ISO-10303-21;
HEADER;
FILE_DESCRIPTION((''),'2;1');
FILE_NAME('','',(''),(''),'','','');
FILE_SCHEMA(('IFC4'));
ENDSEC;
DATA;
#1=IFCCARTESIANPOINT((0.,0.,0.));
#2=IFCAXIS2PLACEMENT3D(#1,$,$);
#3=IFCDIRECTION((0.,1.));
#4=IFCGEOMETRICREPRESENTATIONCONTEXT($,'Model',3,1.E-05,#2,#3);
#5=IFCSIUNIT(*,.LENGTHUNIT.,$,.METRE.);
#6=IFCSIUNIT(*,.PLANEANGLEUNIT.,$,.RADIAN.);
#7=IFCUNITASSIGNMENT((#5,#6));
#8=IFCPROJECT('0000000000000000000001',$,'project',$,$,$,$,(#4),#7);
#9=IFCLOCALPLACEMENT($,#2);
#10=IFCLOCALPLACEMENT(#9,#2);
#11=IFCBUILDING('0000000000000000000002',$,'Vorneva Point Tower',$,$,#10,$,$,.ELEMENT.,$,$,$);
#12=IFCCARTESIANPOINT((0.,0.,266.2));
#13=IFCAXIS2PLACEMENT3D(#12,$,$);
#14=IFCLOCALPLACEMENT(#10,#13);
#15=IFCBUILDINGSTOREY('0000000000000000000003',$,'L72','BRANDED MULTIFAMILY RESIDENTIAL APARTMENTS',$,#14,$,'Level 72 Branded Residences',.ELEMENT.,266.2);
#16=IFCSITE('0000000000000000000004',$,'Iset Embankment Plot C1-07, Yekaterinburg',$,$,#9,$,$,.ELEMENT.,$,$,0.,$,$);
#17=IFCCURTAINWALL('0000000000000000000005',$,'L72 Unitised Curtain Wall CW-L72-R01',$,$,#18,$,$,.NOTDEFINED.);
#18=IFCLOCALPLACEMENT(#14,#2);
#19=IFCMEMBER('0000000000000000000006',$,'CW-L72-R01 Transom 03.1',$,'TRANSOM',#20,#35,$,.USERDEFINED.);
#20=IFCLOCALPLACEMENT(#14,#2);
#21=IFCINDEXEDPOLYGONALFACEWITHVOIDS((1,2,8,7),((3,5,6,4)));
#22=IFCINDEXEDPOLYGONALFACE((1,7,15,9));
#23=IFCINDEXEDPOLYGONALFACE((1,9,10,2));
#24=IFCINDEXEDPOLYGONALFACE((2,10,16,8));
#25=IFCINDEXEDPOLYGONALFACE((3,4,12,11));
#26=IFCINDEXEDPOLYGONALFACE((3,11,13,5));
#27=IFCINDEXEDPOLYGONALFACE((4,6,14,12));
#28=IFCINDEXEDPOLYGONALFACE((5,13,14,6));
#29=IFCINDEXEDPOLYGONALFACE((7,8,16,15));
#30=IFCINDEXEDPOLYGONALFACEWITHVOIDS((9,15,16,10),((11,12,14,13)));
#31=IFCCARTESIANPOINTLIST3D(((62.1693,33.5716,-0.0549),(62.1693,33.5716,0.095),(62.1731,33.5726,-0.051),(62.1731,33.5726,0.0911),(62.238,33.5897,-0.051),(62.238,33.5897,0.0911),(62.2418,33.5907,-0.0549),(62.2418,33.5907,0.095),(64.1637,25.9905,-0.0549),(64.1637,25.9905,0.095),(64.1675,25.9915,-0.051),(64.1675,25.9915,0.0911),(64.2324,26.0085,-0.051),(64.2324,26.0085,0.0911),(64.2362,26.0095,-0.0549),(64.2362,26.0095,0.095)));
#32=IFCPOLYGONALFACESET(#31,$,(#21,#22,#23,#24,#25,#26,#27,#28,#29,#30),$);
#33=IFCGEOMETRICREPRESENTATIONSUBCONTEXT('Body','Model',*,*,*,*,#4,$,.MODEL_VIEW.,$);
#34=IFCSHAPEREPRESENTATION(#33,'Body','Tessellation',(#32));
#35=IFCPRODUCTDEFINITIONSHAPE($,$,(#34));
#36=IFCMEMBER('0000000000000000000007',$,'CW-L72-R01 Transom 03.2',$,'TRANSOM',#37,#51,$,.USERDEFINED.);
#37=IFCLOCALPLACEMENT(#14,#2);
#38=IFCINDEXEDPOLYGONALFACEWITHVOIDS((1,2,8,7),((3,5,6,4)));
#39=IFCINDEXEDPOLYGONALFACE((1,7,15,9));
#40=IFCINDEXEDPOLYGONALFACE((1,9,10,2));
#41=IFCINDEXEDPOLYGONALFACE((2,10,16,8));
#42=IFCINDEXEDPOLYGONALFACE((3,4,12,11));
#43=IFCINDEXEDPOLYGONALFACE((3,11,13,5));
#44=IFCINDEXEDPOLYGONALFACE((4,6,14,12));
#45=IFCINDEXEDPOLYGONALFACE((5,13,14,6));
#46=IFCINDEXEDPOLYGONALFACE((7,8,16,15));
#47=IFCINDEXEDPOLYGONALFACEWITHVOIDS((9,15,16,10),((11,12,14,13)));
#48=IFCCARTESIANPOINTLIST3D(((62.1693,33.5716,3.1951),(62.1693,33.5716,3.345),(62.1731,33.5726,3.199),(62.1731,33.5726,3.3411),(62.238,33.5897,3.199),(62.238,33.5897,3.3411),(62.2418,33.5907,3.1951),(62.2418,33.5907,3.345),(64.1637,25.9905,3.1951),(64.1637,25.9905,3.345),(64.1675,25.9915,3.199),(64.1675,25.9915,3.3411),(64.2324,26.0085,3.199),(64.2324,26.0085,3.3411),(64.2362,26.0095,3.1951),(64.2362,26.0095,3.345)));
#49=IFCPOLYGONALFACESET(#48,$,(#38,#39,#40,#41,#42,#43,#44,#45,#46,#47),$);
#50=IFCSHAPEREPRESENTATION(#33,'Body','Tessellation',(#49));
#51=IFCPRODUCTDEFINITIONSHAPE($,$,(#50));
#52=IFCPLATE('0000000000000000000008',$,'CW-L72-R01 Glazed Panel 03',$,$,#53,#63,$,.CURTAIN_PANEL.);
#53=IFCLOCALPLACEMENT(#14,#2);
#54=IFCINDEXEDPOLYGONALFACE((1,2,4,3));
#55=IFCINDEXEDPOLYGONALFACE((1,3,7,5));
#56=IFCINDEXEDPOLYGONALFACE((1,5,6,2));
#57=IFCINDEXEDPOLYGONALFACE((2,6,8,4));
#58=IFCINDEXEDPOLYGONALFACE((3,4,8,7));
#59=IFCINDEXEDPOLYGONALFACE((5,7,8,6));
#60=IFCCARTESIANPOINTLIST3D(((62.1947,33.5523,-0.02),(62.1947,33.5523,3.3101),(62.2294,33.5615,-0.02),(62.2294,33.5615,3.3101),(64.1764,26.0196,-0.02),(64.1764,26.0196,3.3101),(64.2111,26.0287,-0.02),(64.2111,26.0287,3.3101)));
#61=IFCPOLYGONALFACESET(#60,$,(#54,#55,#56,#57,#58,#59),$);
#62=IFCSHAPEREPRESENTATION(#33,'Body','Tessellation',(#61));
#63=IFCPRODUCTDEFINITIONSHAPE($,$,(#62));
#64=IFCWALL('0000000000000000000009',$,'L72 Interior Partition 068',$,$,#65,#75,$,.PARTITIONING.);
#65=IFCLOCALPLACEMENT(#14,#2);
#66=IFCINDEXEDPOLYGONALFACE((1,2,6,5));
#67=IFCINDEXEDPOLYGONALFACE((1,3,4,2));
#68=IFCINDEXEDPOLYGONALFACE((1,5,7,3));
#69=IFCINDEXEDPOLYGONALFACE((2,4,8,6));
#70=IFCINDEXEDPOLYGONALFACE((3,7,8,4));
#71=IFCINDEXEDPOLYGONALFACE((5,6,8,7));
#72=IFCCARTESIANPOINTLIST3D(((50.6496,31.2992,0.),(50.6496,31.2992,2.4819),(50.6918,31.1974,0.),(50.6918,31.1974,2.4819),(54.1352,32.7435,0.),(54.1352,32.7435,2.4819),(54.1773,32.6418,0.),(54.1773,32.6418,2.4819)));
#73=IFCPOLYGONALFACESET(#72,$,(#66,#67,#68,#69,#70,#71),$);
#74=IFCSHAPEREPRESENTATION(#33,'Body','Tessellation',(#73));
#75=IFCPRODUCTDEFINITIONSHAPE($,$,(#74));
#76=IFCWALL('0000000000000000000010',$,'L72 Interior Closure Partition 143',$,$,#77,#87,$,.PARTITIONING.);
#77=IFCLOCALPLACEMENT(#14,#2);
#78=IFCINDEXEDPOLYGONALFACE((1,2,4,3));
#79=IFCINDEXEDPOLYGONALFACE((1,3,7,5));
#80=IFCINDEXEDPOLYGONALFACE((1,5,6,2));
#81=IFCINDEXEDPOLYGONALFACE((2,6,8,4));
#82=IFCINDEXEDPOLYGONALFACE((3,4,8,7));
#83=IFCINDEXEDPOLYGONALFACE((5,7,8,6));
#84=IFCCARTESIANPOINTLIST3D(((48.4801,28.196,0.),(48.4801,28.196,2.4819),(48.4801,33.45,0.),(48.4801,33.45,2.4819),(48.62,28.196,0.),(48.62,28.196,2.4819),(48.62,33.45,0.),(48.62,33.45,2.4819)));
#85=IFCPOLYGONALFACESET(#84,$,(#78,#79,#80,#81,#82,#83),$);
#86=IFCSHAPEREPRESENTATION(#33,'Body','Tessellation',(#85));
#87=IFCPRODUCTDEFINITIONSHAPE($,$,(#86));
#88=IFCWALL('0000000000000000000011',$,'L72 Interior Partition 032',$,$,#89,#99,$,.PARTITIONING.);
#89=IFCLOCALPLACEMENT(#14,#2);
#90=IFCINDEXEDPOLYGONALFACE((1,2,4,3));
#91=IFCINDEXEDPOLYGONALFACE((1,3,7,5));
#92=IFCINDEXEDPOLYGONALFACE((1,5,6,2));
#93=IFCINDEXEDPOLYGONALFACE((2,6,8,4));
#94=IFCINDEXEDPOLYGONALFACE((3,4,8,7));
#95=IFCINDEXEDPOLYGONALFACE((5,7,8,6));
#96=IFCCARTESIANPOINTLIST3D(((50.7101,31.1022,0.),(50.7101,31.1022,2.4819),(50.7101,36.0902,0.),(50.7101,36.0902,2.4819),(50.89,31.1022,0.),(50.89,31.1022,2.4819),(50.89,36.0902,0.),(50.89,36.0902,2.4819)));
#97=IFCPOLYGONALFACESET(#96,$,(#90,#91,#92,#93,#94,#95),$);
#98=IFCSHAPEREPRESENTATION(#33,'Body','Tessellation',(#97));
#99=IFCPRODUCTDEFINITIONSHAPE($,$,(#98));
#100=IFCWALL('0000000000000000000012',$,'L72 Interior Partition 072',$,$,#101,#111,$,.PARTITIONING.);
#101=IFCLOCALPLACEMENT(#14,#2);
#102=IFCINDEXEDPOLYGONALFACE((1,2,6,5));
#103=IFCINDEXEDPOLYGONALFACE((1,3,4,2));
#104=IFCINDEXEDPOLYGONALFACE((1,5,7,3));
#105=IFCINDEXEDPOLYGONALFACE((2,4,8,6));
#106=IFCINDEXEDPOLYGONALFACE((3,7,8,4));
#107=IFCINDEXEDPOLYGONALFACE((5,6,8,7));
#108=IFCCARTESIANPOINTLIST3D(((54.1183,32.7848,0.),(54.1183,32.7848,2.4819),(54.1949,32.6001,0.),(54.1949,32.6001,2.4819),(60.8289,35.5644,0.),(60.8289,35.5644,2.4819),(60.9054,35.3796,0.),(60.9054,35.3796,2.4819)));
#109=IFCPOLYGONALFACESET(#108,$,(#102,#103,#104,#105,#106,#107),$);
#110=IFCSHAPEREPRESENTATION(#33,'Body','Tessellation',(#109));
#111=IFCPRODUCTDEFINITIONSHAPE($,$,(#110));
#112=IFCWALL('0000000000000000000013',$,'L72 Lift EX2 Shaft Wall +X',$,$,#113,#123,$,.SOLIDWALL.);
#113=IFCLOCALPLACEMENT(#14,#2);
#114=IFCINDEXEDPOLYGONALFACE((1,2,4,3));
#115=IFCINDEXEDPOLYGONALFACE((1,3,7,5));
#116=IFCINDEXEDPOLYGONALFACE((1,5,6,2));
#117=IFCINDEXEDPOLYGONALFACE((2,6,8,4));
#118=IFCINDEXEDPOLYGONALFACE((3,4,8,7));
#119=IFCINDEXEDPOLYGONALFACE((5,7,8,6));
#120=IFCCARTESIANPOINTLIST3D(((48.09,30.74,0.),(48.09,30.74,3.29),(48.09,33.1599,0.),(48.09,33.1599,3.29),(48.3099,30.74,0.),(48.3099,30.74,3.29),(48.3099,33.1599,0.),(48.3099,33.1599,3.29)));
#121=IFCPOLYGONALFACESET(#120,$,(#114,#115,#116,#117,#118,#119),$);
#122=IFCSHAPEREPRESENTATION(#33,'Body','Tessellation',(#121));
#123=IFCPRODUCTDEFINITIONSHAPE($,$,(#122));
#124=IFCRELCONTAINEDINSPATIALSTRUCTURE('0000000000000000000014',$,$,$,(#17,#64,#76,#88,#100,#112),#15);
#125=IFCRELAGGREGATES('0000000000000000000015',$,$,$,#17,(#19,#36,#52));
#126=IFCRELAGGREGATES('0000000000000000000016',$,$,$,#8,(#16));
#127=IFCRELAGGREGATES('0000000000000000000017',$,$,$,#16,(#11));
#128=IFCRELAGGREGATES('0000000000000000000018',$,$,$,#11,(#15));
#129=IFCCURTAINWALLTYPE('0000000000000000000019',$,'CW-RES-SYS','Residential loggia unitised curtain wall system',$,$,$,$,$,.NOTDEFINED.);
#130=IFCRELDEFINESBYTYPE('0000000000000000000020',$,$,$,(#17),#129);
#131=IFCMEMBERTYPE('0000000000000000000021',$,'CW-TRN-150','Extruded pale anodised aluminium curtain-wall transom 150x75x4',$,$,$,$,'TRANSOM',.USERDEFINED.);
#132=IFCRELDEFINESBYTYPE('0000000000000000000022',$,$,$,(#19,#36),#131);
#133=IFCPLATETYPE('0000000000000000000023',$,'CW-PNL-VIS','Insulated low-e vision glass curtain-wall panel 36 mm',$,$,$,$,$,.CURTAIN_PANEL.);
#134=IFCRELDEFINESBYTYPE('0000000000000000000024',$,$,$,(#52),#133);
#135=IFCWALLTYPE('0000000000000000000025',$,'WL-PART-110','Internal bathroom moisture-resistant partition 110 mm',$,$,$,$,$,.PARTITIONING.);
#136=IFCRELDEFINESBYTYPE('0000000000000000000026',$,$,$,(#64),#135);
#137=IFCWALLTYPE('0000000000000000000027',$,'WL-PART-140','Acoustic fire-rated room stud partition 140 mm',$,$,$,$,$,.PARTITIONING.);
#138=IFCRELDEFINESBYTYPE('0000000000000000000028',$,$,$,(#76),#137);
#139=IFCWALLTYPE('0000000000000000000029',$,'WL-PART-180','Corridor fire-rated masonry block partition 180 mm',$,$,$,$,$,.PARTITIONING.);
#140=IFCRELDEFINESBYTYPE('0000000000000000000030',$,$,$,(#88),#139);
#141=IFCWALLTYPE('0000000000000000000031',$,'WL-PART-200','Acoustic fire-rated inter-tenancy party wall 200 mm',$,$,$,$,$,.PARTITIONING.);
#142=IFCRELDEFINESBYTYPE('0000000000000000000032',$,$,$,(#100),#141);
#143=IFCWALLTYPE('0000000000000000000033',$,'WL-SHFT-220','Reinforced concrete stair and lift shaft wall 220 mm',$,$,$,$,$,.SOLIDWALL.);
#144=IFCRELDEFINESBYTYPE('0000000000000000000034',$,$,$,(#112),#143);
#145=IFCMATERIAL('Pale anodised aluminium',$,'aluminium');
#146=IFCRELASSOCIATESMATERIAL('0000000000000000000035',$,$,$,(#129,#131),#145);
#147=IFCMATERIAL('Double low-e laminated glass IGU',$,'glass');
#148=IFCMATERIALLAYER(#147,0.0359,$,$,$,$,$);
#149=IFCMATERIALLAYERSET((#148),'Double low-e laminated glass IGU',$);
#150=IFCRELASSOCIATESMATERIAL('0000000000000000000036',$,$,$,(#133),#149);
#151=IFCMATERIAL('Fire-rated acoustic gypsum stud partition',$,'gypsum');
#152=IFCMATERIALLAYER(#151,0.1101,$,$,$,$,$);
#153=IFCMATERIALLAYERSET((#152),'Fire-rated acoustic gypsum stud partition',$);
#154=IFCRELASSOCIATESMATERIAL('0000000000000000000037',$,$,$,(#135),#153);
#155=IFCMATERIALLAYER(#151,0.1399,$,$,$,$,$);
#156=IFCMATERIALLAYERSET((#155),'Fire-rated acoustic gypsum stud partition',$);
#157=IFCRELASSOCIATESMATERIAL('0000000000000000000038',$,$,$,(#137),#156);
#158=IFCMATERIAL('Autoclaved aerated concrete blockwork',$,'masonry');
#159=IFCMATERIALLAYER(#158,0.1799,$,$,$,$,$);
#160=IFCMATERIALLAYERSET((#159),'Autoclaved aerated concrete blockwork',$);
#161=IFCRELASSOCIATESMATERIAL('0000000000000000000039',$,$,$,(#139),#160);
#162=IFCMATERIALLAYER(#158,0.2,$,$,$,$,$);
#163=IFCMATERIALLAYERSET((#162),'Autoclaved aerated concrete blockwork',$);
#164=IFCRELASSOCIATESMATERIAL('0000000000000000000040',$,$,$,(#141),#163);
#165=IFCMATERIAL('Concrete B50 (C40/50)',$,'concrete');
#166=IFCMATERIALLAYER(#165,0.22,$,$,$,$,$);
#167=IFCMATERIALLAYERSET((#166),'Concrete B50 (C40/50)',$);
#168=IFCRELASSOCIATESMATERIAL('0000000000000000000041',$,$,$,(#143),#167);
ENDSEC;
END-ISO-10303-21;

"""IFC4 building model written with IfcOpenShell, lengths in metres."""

from ifc_helpers import new_model, si_unit, direction, frame, frame_2d, origin, origin_2d, place, context, subcontext, project, spatial, rectangle, hollow_rectangle, extrude, material, layer, layer_set, material_profile, profile_set, type_object, element, aggregate, save


model = new_model("IFC4")

# Units and contexts
model_context = context("Model", 3, precision=1e-05, world=origin(), true_north=direction((0.0, 1.0)))
body_context = subcontext(model_context, "Body", "Model", "MODEL_VIEW")
ifc_project = project(units=[si_unit("LENGTHUNIT", "METRE"), si_unit("PLANEANGLEUNIT", "RADIAN")], contexts=[model_context])

# Site, building, storey
site_placement = place(None, origin())
site = spatial("IfcSite", under=ifc_project, at=site_placement, Name="Iset Embankment Plot C1-07, Yekaterinburg", CompositionType="ELEMENT", RefElevation=0.0)
building_placement = place(site_placement, origin())
building = spatial("IfcBuilding", under=site, at=building_placement, Name="Vorneva Point Tower", CompositionType="ELEMENT")
storey_placement = place(building_placement, frame((0.0, 0.0, 266.2)))
storey = spatial("IfcBuildingStorey", under=building, at=storey_placement, Name="L72", Description="BRANDED MULTIFAMILY RESIDENTIAL APARTMENTS", LongName="Level 72 Branded Residences", CompositionType="ELEMENT", Elevation=266.2)

# Shared definitions
ifc_material_1 = material(Name="Concrete B50 (C40/50)", Category="concrete")

# Curtain wall, members, plate
ifc_material_2 = material(Name="Pale anodised aluminium", Category="aluminium")
curtain_wall_type = type_object("IfcCurtainWallType", Name="CW-RES-SYS", Description="Residential loggia unitised curtain wall system", PredefinedType="NOTDEFINED", material=ifc_material_2)
curtain_wall_placement = place(storey_placement, origin())
curtain_wall = element("IfcCurtainWall", 1, at=curtain_wall_placement, inside=storey, type_object=curtain_wall_type, Name="L72 Unitised Curtain Wall CW-L72-R01", PredefinedType="NOTDEFINED")
ifc_material_profile_1 = material_profile(ifc_material_2, hollow_rectangle(XDim=0.075, YDim=0.1499, WallThickness=0.0039, at=origin_2d()), Name="AL-TRN 150x75x4")
ifc_profile_set_1 = profile_set([ifc_material_profile_1], Name="Pale anodised aluminium")
member_type_1 = type_object("IfcMemberType", Name="CW-TRN-150", Description="Extruded pale anodised aluminium curtain-wall transom 150x75x4", ElementType="TRANSOM", PredefinedType="USERDEFINED", material=ifc_profile_set_1)
member_1_placement = place(storey_placement, frame((64.2, 26.0, 0.02), z_axis=(-0.254418, 0.967094, 0.0), x_axis=(-0.967094, -0.254418, 0.0)))
member_1 = element("IfcMember", 2, at=member_1_placement, type_object=member_type_1, Name="CW-L72-R01 Transom 03.1", ObjectType="TRANSOM", PredefinedType="USERDEFINED", context=body_context, shape_type="SweptSolid", body=[
    extrude(hollow_rectangle(XDim=0.075, YDim=0.1499, WallThickness=0.0039, at=origin_2d()), origin(), (0.0, 0.0, 1.0), 7.8391),
])
member_2_placement = place(storey_placement, frame((64.2, 26.0, 3.27), z_axis=(-0.254418, 0.967094, 0.0), x_axis=(-0.967094, -0.254418, 0.0)))
member_2 = element("IfcMember", 3, at=member_2_placement, type_object=member_type_1, Name="CW-L72-R01 Transom 03.2", ObjectType="TRANSOM", PredefinedType="USERDEFINED", context=body_context, shape_type="SweptSolid", body=[
    extrude(hollow_rectangle(XDim=0.075, YDim=0.1499, WallThickness=0.0039, at=origin_2d()), origin(), (0.0, 0.0, 1.0), 7.8391),
])
ifc_material_3 = material(Name="Double low-e laminated glass IGU", Category="glass")
ifc_layer_1 = layer(ifc_material_3, 0.0359)
ifc_layer_set_1 = layer_set([ifc_layer_1], Name="Double low-e laminated glass IGU")
plate_type = type_object("IfcPlateType", Name="CW-PNL-VIS", Description="Insulated low-e vision glass curtain-wall panel 36 mm", PredefinedType="CURTAIN_PANEL", material=ifc_layer_set_1)
plate_placement = place(storey_placement, frame((63.2029, 29.7905, -0.02), z_axis=(0.0, 0.0, 1.0), x_axis=(-0.254416, 0.967095, 0.0)))
plate = element("IfcPlate", 4, at=plate_placement, type_object=plate_type, Name="CW-L72-R01 Glazed Panel 03", PredefinedType="CURTAIN_PANEL", context=body_context, shape_type="SweptSolid", body=[
    extrude(rectangle(XDim=7.7891, YDim=0.0359, at=origin_2d()), origin(), (0.0, 0.0, 1.0), 3.3301),
])
aggregate(curtain_wall, [member_1, member_2, plate])

# Walls
ifc_material_4 = material(Name="Fire-rated acoustic gypsum stud partition", Category="gypsum")
ifc_layer_2 = layer(ifc_material_4, 0.1101)
ifc_layer_set_2 = layer_set([ifc_layer_2], Name="Fire-rated acoustic gypsum stud partition")
wall_type_1 = type_object("IfcWallType", Name="WL-PART-110", Description="Internal bathroom moisture-resistant partition 110 mm", PredefinedType="PARTITIONING", material=ifc_layer_set_2)
wall_1_placement = place(storey_placement, frame((54.1562, 32.6926, 0.0), z_axis=(0.0, 0.0, 1.0), x_axis=(-0.923828, -0.382809, 0.0)))
element("IfcWall", 5, at=wall_1_placement, inside=storey, type_object=wall_type_1, Name="L72 Interior Partition 068", PredefinedType="PARTITIONING", context=body_context, shape_type="SweptSolid", body=[
    extrude(rectangle(XDim=3.7729, YDim=0.1101, at=frame_2d((1.8865, 0.0))), origin(), (0.0, 0.0, 1.0), 2.4819),
])
ifc_layer_3 = layer(ifc_material_4, 0.1399)
ifc_layer_set_3 = layer_set([ifc_layer_3], Name="Fire-rated acoustic gypsum stud partition")
wall_type_2 = type_object("IfcWallType", Name="WL-PART-140", Description="Acoustic fire-rated room stud partition 140 mm", PredefinedType="PARTITIONING", material=ifc_layer_set_3)
wall_2_placement = place(storey_placement, frame((48.55, 28.196, 0.0), z_axis=(0.0, 0.0, 1.0), x_axis=(0.0, 1.0, 0.0)))
element("IfcWall", 6, at=wall_2_placement, inside=storey, type_object=wall_type_2, Name="L72 Interior Closure Partition 143", PredefinedType="PARTITIONING", context=body_context, shape_type="SweptSolid", body=[
    extrude(rectangle(XDim=5.2539, YDim=0.1399, at=frame_2d((2.627, 0.0))), origin(), (0.0, 0.0, 1.0), 2.4819),
])
ifc_material_5 = material(Name="Autoclaved aerated concrete blockwork", Category="masonry")
ifc_layer_4 = layer(ifc_material_5, 0.1799)
ifc_layer_set_4 = layer_set([ifc_layer_4], Name="Autoclaved aerated concrete blockwork")
wall_type_3 = type_object("IfcWallType", Name="WL-PART-180", Description="Corridor fire-rated masonry block partition 180 mm", PredefinedType="PARTITIONING", material=ifc_layer_set_4)
wall_3_placement = place(storey_placement, frame((50.8, 31.1021, 0.0), z_axis=(0.0, 0.0, 1.0), x_axis=(0.0, 1.0, 0.0)))
element("IfcWall", 7, at=wall_3_placement, inside=storey, type_object=wall_type_3, Name="L72 Interior Partition 032", PredefinedType="PARTITIONING", context=body_context, shape_type="SweptSolid", body=[
    extrude(rectangle(XDim=4.988, YDim=0.1799, at=frame_2d((2.4941, 0.0))), origin(), (0.0, 0.0, 1.0), 2.4819),
])
ifc_layer_5 = layer(ifc_material_5, 0.2)
ifc_layer_set_5 = layer_set([ifc_layer_5], Name="Autoclaved aerated concrete blockwork")
wall_type_4 = type_object("IfcWallType", Name="WL-PART-200", Description="Acoustic fire-rated inter-tenancy party wall 200 mm", PredefinedType="PARTITIONING", material=ifc_layer_set_5)
wall_4_placement = place(storey_placement, frame((54.1565, 32.6924, 0.0), z_axis=(0.0, 0.0, 1.0), x_axis=(0.92388, 0.382681, 0.0)))
element("IfcWall", 8, at=wall_4_placement, inside=storey, type_object=wall_type_4, Name="L72 Interior Partition 072", PredefinedType="PARTITIONING", context=body_context, shape_type="SweptSolid", body=[
    extrude(rectangle(XDim=7.2634, YDim=0.2, at=frame_2d((3.6318, 0.0))), origin(), (0.0, 0.0, 1.0), 2.4819),
])
ifc_layer_6 = layer(ifc_material_1, 0.22)
ifc_layer_set_6 = layer_set([ifc_layer_6], Name="Concrete B50 (C40/50)")
wall_type_5 = type_object("IfcWallType", Name="WL-SHFT-220", Description="Reinforced concrete stair and lift shaft wall 220 mm", PredefinedType="SOLIDWALL", material=ifc_layer_set_6)
wall_5_placement = place(storey_placement, frame((48.2, 30.74, 0.0), z_axis=(0.0, 0.0, 1.0), x_axis=(0.0, 1.0, 0.0)))
element("IfcWall", 9, at=wall_5_placement, inside=storey, type_object=wall_type_5, Name="L72 Lift EX2 Shaft Wall +X", PredefinedType="SOLIDWALL", context=body_context, shape_type="SweptSolid", body=[
    extrude(rectangle(XDim=2.4199, YDim=0.22, at=frame_2d((1.21, 0.0))), origin(), (0.0, 0.0, 1.0), 3.29),
])

save(model, "model.ifc")
